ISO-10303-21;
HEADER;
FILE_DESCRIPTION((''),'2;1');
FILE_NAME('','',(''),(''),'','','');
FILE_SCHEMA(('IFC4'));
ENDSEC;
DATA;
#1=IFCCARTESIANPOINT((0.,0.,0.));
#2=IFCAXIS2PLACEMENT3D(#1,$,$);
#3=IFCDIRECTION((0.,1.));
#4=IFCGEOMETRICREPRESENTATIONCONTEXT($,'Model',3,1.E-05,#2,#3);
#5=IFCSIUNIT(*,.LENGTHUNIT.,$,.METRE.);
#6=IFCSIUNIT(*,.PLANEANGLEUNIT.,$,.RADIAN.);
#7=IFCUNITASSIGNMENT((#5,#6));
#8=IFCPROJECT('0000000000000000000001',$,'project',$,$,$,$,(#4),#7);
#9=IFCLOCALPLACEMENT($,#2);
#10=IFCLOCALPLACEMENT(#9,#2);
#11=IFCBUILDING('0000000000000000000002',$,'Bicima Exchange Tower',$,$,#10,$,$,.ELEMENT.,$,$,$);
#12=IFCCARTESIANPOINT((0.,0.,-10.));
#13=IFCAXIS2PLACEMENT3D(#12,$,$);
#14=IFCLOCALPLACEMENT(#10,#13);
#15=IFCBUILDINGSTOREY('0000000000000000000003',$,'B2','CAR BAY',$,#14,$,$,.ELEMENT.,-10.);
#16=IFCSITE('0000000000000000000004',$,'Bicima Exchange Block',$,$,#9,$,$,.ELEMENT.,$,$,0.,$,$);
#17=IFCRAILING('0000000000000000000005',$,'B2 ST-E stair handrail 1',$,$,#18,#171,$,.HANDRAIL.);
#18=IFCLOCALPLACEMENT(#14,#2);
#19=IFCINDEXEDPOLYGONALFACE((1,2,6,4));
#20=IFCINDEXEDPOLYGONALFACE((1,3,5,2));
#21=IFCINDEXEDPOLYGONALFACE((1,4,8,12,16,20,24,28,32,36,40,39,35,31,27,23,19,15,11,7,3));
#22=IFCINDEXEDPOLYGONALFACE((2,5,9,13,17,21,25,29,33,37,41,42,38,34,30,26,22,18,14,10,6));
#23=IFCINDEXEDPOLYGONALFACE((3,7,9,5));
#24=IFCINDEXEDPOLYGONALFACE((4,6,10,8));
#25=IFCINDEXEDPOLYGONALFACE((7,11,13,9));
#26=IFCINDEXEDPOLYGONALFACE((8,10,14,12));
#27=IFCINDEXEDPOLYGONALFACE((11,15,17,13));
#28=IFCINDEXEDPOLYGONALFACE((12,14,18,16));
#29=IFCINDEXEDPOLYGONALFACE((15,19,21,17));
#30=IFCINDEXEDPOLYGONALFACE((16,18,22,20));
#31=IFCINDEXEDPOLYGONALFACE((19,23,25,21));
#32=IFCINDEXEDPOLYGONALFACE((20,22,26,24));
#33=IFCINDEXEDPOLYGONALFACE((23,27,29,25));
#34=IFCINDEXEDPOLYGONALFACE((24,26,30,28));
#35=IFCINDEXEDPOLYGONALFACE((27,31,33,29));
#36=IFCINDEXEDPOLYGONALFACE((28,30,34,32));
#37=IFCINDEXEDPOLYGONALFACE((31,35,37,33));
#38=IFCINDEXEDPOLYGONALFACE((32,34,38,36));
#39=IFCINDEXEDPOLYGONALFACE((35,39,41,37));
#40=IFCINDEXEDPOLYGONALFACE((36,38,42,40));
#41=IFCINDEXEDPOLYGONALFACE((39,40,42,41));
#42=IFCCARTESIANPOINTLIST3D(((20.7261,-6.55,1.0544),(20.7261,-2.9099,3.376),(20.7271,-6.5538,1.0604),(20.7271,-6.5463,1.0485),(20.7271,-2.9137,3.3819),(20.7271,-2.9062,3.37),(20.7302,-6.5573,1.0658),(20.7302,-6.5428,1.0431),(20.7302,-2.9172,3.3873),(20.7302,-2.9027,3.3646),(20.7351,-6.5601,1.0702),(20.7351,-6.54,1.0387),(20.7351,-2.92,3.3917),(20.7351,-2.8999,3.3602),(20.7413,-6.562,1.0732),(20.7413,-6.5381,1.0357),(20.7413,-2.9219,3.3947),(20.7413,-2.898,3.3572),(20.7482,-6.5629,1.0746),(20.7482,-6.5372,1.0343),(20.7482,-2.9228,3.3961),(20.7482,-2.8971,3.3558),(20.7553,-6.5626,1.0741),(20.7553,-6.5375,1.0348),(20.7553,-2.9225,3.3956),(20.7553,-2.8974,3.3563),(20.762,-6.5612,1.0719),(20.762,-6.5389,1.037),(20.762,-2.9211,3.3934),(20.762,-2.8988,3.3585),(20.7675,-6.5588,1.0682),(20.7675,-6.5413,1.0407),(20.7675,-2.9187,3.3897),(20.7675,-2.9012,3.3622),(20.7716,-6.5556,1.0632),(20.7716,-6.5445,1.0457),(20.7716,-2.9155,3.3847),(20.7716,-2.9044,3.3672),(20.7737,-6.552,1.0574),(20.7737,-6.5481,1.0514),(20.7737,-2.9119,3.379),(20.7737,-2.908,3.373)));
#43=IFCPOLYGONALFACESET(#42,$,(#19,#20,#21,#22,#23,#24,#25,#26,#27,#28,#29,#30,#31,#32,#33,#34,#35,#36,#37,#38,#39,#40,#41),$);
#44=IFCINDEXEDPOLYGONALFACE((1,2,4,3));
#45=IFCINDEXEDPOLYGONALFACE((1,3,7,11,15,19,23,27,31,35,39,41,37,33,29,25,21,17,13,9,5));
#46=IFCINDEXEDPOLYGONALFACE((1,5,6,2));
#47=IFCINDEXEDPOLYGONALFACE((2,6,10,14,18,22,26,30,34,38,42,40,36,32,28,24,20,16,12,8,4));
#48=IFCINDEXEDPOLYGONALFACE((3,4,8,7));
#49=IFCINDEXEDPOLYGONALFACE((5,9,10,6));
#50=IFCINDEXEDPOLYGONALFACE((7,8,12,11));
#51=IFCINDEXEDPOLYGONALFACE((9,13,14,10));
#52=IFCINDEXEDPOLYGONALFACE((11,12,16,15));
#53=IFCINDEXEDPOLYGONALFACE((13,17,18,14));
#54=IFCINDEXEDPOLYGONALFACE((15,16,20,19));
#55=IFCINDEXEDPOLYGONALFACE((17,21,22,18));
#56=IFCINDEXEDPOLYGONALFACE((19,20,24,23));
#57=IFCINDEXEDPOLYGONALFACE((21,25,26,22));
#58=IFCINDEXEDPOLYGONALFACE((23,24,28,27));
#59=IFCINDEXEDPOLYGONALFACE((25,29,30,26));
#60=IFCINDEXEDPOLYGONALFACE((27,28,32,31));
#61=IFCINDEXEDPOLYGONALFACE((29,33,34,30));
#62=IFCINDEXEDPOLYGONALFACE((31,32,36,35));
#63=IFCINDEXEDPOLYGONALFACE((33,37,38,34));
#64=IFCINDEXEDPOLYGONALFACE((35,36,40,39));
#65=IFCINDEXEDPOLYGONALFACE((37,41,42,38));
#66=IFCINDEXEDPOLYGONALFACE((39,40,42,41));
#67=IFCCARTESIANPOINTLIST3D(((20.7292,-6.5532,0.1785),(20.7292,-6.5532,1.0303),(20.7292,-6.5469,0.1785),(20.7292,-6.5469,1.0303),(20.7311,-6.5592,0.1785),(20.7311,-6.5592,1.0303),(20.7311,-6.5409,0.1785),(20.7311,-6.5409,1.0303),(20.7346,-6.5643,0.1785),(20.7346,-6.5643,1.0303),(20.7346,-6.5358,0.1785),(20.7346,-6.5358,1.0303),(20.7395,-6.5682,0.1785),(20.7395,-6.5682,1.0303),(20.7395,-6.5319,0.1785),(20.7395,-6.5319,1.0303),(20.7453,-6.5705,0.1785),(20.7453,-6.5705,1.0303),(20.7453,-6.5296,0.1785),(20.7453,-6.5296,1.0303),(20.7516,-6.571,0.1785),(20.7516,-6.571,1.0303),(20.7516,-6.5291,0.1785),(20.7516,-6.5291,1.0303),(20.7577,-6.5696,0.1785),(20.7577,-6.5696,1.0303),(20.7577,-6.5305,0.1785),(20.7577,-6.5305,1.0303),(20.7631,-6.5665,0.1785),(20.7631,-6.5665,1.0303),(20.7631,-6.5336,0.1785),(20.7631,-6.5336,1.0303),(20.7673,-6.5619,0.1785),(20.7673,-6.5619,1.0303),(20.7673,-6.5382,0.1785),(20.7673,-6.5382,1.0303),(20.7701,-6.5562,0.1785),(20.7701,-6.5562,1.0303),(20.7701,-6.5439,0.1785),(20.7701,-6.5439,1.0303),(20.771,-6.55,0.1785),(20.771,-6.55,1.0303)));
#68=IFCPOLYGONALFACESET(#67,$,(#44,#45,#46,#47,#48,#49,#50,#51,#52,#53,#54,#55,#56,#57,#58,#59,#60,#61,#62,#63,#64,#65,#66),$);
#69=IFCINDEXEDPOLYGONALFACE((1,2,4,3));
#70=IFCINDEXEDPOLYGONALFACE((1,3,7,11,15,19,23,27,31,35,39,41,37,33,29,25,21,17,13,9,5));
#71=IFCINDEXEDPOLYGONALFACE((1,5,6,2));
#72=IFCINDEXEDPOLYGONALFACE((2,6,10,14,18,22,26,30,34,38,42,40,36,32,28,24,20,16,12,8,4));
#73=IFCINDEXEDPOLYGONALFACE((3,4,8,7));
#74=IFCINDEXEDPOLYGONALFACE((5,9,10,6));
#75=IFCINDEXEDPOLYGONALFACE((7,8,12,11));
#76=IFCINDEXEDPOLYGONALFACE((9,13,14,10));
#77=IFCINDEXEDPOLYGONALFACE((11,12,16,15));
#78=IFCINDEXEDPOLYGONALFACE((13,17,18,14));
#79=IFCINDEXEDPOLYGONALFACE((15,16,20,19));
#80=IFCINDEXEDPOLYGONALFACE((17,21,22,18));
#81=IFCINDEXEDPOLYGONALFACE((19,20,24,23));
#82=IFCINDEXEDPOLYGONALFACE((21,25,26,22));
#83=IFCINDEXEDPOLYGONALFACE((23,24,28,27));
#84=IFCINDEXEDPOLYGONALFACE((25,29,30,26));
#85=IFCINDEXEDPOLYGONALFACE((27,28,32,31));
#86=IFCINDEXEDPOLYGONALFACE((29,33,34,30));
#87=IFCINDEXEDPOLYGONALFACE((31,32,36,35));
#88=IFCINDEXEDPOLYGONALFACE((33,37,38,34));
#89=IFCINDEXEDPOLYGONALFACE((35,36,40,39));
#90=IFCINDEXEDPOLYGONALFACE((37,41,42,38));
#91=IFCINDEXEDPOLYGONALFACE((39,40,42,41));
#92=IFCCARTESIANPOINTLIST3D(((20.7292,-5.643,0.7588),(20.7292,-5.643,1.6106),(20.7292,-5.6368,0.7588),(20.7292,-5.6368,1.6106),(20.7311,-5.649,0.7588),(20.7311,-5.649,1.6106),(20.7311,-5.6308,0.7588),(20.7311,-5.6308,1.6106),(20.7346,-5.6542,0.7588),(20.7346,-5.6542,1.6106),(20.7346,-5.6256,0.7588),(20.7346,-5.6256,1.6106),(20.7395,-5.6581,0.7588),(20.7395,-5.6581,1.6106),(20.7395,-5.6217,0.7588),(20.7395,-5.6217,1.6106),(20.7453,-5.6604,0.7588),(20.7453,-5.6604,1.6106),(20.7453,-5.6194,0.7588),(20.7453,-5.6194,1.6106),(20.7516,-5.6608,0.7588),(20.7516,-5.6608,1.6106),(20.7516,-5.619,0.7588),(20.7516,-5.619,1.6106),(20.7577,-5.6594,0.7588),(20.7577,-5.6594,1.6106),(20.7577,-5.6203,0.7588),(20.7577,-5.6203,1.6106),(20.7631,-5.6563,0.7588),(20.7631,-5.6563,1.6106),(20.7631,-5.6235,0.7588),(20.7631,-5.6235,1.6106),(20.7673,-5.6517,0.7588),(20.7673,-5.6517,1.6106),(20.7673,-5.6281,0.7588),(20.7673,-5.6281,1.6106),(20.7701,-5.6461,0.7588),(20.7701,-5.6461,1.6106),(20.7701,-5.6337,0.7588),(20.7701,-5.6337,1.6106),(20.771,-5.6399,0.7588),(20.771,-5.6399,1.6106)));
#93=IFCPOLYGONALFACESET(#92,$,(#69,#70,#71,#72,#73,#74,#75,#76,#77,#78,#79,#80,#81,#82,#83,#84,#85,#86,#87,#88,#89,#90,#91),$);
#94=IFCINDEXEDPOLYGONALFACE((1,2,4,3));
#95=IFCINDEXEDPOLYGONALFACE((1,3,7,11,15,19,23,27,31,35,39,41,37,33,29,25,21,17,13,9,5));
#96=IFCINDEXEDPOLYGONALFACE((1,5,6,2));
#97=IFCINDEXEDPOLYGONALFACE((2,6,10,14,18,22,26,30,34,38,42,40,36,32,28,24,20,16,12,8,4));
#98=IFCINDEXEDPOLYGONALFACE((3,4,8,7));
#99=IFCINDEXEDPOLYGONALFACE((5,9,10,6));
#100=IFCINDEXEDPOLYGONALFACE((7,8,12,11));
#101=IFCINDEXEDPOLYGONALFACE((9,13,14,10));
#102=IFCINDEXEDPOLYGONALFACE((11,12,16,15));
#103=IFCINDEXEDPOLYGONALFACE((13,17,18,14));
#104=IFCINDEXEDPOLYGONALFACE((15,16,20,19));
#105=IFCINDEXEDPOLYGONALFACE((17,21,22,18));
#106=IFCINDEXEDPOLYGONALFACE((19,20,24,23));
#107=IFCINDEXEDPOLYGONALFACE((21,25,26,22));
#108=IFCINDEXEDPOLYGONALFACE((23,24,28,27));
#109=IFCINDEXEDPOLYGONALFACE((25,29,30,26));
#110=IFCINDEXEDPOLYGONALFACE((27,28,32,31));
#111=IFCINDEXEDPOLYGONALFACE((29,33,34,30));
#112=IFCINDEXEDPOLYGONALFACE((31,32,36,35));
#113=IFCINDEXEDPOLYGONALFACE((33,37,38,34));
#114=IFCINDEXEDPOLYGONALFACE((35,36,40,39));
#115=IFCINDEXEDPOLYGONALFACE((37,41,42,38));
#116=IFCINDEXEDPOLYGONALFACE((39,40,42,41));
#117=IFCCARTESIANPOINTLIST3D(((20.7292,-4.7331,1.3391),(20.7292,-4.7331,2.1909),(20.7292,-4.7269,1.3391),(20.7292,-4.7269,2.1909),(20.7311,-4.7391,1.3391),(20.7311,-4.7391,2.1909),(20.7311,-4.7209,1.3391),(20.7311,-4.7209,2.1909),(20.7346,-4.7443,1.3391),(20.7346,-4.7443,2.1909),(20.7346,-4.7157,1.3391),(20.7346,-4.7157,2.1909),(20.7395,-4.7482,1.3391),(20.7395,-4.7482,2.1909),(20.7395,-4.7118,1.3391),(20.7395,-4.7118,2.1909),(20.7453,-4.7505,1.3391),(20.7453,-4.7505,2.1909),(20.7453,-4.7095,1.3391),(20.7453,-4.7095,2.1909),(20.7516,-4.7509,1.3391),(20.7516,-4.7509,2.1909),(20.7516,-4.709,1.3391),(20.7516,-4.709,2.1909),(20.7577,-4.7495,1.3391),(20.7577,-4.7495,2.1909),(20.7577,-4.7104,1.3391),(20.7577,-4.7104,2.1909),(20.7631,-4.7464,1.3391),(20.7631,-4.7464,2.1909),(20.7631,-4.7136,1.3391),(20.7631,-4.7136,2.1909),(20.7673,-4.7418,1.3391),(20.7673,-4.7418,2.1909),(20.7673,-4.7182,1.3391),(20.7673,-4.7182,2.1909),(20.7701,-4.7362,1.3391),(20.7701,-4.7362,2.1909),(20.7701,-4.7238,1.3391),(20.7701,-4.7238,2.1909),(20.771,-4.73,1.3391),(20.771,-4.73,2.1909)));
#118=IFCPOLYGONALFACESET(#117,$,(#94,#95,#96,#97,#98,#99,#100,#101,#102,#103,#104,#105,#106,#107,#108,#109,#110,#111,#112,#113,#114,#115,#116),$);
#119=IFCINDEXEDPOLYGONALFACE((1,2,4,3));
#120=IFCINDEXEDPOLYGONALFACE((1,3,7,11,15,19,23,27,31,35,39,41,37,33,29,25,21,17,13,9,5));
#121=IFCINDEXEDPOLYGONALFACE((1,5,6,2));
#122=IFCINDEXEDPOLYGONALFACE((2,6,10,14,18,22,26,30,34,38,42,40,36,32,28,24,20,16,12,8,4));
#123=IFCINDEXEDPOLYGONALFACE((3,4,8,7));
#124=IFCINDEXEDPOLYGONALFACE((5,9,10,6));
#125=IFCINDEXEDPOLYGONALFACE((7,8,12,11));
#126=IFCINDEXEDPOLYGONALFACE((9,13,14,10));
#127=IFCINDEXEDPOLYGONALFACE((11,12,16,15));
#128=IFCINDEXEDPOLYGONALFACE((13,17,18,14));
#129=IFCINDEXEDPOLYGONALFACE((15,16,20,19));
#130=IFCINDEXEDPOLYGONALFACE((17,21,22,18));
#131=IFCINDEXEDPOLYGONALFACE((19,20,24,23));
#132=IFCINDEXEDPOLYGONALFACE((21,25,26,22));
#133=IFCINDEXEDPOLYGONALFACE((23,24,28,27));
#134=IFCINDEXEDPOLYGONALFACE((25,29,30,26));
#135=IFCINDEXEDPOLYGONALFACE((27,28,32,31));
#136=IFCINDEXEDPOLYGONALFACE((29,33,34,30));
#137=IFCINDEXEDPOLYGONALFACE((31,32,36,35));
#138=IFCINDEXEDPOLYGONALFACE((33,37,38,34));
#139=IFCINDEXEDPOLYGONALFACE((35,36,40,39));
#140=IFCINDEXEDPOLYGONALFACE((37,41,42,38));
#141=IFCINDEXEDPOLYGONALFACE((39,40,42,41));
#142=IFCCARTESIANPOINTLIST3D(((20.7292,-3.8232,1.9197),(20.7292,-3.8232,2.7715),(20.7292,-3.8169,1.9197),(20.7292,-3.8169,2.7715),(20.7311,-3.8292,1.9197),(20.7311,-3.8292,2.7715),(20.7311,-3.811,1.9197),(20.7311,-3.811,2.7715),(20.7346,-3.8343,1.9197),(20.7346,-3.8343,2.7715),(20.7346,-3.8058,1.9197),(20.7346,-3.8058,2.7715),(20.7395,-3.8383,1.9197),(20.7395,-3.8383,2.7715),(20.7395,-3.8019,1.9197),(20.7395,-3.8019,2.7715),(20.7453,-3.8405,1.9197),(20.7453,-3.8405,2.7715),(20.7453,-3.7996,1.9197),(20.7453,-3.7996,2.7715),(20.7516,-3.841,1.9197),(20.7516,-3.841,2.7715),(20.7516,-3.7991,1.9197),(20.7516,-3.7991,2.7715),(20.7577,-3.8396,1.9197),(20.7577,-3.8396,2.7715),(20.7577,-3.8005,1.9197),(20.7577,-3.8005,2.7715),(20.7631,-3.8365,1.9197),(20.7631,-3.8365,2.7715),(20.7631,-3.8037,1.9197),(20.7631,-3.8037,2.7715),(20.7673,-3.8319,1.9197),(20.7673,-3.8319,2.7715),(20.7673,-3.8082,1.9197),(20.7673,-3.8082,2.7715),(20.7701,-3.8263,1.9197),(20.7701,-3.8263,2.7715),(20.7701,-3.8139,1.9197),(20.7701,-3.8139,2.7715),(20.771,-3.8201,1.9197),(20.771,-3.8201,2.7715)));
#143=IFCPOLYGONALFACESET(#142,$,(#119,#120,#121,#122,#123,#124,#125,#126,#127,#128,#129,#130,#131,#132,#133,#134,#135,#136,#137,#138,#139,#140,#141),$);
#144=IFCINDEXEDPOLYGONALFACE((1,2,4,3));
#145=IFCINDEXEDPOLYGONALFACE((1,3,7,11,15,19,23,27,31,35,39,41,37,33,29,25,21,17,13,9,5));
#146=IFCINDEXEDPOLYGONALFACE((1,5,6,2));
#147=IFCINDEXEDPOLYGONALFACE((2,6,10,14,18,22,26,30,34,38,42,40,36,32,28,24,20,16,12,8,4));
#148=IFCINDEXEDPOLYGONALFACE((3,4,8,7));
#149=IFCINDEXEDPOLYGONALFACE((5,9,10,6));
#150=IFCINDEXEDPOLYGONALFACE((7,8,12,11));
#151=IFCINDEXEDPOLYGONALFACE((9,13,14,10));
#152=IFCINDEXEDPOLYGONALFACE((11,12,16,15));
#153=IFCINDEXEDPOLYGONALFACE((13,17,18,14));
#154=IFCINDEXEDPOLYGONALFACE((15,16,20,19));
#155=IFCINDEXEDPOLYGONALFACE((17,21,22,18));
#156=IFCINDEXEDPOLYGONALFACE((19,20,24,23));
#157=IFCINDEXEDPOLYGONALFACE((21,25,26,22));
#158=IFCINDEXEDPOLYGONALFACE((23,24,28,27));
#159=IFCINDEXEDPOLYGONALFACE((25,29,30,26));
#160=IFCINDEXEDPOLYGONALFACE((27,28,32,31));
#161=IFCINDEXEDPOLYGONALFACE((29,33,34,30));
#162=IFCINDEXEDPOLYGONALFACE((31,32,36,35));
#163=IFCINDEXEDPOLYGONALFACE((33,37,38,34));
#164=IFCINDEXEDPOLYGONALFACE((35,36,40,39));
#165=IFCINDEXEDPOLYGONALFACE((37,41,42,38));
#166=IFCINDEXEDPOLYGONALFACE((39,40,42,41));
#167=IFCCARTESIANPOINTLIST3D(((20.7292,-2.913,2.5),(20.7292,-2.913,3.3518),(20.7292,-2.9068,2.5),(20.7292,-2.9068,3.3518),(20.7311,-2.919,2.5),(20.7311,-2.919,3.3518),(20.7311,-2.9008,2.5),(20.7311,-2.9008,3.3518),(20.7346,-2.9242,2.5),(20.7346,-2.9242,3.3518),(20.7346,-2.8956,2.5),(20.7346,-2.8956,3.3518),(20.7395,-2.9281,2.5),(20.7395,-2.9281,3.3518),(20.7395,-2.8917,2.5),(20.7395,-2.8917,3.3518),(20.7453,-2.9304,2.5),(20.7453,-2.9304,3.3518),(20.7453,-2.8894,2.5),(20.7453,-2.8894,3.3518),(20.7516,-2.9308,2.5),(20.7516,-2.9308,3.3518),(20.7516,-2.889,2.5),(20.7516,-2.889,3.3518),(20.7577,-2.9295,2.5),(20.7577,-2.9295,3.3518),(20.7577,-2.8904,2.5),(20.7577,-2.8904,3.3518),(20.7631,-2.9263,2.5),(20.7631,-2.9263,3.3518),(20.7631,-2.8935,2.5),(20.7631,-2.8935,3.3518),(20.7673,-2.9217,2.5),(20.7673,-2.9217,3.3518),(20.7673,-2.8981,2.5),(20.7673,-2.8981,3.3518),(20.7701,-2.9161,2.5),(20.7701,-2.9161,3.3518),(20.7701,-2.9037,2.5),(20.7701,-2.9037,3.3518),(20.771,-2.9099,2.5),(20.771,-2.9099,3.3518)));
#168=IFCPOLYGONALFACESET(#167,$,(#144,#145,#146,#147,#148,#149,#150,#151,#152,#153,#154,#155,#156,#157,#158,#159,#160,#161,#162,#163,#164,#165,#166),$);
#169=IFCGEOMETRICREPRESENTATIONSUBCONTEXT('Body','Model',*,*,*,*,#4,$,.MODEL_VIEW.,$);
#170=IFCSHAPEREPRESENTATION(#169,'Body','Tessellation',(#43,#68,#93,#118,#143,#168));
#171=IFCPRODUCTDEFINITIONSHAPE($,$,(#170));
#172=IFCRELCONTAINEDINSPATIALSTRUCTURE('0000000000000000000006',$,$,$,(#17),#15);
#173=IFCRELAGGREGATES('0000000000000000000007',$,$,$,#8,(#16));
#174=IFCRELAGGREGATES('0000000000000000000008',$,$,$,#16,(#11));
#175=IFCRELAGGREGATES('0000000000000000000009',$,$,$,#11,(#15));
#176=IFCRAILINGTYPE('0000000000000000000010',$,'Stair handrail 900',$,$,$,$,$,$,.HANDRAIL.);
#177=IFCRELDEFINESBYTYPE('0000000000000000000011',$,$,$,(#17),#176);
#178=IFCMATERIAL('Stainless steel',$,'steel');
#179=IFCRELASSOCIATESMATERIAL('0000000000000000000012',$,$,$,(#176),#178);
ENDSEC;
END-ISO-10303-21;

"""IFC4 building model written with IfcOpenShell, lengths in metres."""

from ifc_helpers import new_model, si_unit, direction, frame, origin, origin_2d, place, context, subcontext, project, spatial, circle, extrude, material, type_object, element, save


model = new_model("IFC4")

# Units and contexts
model_context = context("Model", 3, precision=1e-05, world=origin(), true_north=direction((0.0, 1.0)))
body_context = subcontext(model_context, "Body", "Model", "MODEL_VIEW")
ifc_project = project(units=[si_unit("LENGTHUNIT", "METRE"), si_unit("PLANEANGLEUNIT", "RADIAN")], contexts=[model_context])

# Site, building, storey
site_placement = place(None, origin())
site = spatial("IfcSite", under=ifc_project, at=site_placement, Name="Bicima Exchange Block", CompositionType="ELEMENT", RefElevation=0.0)
building_placement = place(site_placement, origin())
building = spatial("IfcBuilding", under=site, at=building_placement, Name="Bicima Exchange Tower", CompositionType="ELEMENT")
storey_placement = place(building_placement, frame((0.0, 0.0, -10.0)))
storey = spatial("IfcBuildingStorey", under=building, at=storey_placement, Name="B2", Description="CAR BAY", CompositionType="ELEMENT", Elevation=-10.0)

# Railing
ifc_material_1 = material(Name="Stainless steel", Category="steel")
railing_type_1 = type_object("IfcRailingType", Name="Stair handrail 900", PredefinedType="HANDRAIL", material=ifc_material_1)
railing_1_placement = place(storey_placement, frame((20.75, -6.55, 0.1785)))
element("IfcRailing", 1, at=railing_1_placement, inside=storey, type_object=railing_type_1, Name="B2 ST-E stair handrail 1", PredefinedType="HANDRAIL", context=body_context, shape_type="SweptSolid", body=[
    extrude(circle(Radius=0.0239, at=origin_2d()), frame((0.0, 0.0, 0.876), z_axis=(0.0, 0.843128, 0.537713), x_axis=(-1.0, 0.0, 0.0)), (0.0, 0.0, 1.0), 4.3174),
    extrude(circle(Radius=0.021, at=origin_2d()), origin(), (0.0, 0.0, 1.0), 0.8518),
    extrude(circle(Radius=0.021, at=origin_2d()), frame((0.0, 0.9102, 0.5803)), (0.0, 0.0, 1.0), 0.8518),
    extrude(circle(Radius=0.021, at=origin_2d()), frame((0.0, 1.8201, 1.1606)), (0.0, 0.0, 1.0), 0.8518),
    extrude(circle(Radius=0.021, at=origin_2d()), frame((0.0, 2.73, 1.7412)), (0.0, 0.0, 1.0), 0.8518),
    extrude(circle(Radius=0.021, at=origin_2d()), frame((0.0, 3.6401, 2.3215)), (0.0, 0.0, 1.0), 0.8518),
])

save(model, "model.ifc")
